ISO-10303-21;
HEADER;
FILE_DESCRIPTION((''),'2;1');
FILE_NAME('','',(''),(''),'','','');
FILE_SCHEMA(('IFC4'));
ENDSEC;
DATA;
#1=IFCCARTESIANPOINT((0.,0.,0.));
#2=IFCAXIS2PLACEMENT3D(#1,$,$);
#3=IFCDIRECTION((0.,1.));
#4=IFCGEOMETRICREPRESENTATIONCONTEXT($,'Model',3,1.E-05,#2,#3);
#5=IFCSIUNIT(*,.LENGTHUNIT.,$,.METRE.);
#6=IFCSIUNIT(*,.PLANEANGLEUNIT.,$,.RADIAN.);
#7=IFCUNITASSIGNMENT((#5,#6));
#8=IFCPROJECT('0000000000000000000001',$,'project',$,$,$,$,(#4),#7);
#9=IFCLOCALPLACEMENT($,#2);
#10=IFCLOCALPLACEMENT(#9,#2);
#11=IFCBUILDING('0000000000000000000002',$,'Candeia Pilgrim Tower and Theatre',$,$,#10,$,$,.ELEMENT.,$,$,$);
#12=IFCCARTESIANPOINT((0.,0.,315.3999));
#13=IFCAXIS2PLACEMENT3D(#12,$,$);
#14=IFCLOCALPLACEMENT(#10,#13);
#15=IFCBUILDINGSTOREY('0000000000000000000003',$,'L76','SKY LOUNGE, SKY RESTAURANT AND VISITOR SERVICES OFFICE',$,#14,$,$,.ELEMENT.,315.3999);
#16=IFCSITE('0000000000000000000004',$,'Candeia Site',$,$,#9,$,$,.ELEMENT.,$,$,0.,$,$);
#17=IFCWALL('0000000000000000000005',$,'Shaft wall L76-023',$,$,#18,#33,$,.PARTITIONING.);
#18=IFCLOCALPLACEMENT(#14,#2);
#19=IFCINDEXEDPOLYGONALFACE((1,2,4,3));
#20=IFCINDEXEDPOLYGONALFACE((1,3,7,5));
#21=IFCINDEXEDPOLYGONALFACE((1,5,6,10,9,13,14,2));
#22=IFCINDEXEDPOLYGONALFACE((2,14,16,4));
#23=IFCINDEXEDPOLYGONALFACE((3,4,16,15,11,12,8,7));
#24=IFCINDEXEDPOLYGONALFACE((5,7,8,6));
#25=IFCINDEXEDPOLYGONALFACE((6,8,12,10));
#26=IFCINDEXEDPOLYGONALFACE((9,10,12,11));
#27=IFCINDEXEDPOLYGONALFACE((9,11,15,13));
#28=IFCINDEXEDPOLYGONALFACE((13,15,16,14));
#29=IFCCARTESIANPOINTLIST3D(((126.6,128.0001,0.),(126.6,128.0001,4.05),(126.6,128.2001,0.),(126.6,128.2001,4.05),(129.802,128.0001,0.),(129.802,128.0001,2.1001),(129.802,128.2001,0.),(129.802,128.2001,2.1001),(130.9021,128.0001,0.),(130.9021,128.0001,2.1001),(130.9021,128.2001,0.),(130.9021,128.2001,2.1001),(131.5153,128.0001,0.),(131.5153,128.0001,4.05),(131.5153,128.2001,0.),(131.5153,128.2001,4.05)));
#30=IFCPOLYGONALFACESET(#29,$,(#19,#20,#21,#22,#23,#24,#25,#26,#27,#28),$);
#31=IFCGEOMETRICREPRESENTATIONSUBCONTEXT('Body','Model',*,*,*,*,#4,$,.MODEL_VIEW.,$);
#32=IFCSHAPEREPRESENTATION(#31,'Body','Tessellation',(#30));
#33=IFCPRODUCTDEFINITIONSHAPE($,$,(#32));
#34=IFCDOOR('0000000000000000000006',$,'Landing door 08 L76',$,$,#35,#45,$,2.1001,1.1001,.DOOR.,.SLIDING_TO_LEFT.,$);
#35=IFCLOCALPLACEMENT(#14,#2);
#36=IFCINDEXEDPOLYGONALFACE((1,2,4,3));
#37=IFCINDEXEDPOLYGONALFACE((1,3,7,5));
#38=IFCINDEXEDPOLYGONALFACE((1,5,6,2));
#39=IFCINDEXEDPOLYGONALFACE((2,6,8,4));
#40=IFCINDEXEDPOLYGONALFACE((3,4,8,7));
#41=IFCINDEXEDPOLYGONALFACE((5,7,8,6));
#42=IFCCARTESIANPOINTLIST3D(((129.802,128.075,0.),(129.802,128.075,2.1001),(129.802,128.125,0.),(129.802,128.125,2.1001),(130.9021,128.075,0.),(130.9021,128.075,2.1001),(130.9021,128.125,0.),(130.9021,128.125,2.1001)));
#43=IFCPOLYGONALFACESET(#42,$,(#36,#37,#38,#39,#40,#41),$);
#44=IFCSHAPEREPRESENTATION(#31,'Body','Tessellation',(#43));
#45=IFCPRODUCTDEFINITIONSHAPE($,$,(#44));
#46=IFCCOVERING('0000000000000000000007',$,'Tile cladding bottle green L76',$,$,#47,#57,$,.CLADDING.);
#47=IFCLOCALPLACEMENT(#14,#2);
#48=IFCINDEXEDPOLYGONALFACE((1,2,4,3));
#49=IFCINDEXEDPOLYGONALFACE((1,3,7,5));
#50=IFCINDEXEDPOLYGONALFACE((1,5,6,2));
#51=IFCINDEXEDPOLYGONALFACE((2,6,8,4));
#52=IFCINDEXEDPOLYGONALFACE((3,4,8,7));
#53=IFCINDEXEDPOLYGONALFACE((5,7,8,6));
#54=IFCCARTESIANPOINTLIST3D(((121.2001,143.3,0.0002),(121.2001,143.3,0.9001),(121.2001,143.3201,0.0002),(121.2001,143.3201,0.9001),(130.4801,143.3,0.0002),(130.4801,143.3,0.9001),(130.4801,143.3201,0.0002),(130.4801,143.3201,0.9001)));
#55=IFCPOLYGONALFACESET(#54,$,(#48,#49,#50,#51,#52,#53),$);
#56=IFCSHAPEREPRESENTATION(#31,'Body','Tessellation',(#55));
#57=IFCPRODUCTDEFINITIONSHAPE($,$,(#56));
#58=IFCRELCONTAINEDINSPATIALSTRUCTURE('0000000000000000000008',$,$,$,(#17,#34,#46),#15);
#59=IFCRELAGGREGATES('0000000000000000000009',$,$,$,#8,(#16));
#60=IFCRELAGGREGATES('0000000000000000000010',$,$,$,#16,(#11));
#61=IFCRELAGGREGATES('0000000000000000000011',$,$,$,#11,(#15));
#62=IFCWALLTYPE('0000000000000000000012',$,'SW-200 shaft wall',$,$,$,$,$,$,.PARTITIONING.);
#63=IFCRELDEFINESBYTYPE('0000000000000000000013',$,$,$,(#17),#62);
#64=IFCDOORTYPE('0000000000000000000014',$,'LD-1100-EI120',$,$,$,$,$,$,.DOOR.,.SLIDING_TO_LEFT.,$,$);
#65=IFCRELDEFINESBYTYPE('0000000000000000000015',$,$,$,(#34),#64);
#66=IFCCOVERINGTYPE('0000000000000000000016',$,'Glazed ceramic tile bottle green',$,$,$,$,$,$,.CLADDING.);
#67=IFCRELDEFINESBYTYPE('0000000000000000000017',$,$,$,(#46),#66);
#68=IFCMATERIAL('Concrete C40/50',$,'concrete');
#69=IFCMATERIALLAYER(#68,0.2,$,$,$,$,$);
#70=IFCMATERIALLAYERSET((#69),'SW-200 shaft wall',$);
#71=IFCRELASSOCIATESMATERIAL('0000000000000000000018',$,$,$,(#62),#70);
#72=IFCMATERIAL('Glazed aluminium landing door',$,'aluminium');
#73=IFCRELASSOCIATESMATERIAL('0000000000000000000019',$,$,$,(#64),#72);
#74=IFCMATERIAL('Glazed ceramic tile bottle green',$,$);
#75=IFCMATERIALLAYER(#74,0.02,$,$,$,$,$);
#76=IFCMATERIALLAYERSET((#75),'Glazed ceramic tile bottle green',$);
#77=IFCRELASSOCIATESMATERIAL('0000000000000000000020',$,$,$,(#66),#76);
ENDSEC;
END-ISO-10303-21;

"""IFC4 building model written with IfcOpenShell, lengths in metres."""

from ifc_helpers import new_model, si_unit, direction, frame, frame_2d, origin, origin_2d, place, context, subcontext, project, spatial, rectangle, extrude, material, layer, layer_set, type_object, element, fill, save


model = new_model("IFC4")

# Units and contexts
model_context = context("Model", 3, precision=1e-05, world=origin(), true_north=direction((0.0, 1.0)))
body_context = subcontext(model_context, "Body", "Model", "MODEL_VIEW")
ifc_project = project(units=[si_unit("LENGTHUNIT", "METRE"), si_unit("PLANEANGLEUNIT", "RADIAN")], contexts=[model_context])

# Site, building, storey
site_placement = place(None, origin())
site = spatial("IfcSite", under=ifc_project, at=site_placement, Name="Candeia Site", CompositionType="ELEMENT", RefElevation=0.0)
building_placement = place(site_placement, origin())
building = spatial("IfcBuilding", under=site, at=building_placement, Name="Candeia Pilgrim Tower and Theatre", CompositionType="ELEMENT")
storey_placement = place(building_placement, frame((0.0, 0.0, 315.3999)))
storey = spatial("IfcBuildingStorey", under=building, at=storey_placement, Name="L76", Description="SKY LOUNGE, SKY RESTAURANT AND VISITOR SERVICES OFFICE", CompositionType="ELEMENT", Elevation=315.3999)

# Shared definitions
ifc_material_1 = material(Name="Concrete C40/50", Category="concrete")

# Wall, opening, door
ifc_layer_1 = layer(ifc_material_1, 0.2)
ifc_layer_set_1 = layer_set([ifc_layer_1], Name="SW-200 shaft wall")
wall_type_1 = type_object("IfcWallType", Name="SW-200 shaft wall", PredefinedType="PARTITIONING", material=ifc_layer_set_1)
wall_1_placement = place(storey_placement, frame((126.6001, 128.1001, 0.0), z_axis=(0.0, 0.0, 1.0), x_axis=(1.0, 0.0, 0.0)))
wall_1 = element("IfcWall", 1, at=wall_1_placement, inside=storey, type_object=wall_type_1, Name="Shaft wall L76-023", PredefinedType="PARTITIONING", context=body_context, shape_type="SweptSolid", body=[
    extrude(rectangle(XDim=4.9153, YDim=0.2, at=frame_2d((2.4575, 0.0))), origin(), (0.0, 0.0, 1.0), 4.05),
])
opening_1_placement = place(wall_1_placement, frame((3.2019, 0.0, 0.0)))
opening_1 = element("IfcOpeningElement", 2, at=opening_1_placement, cuts=wall_1, PredefinedType="OPENING", context=body_context, shape_type="SweptSolid", body=[
    extrude(rectangle(XDim=1.1001, YDim=2.1001, at=frame_2d((0.55, 1.05))), frame((0.0, 0.1099, 0.0), z_axis=(0.0, -1.0, 0.0), x_axis=(1.0, 0.0, 0.0)), (0.0, 0.0, 1.0), 0.22),
])
ifc_material_2 = material(Name="Glazed aluminium landing door", Category="aluminium")
door_type_1 = type_object("IfcDoorType", Name="LD-1100-EI120", OperationType="SLIDING_TO_LEFT", PredefinedType="DOOR", material=ifc_material_2)
door_1_placement = place(opening_1_placement, origin())
door_1 = element("IfcDoor", 3, at=door_1_placement, inside=storey, type_object=door_type_1, Name="Landing door 08 L76", OperationType="SLIDING_TO_LEFT", OverallHeight=2.1001, OverallWidth=1.1001, PredefinedType="DOOR", context=body_context, shape_type="SweptSolid", body=[
    extrude(rectangle(XDim=1.1001, YDim=2.1001, at=frame_2d((0.55, 1.05))), frame((0.0, 0.0249, 0.0), z_axis=(0.0, -1.0, 0.0), x_axis=(1.0, 0.0, 0.0)), (0.0, 0.0, 1.0), 0.05),
])
fill(opening_1, door_1)

# Covering
ifc_material_3 = material(Name="Glazed ceramic tile bottle green")
ifc_layer_2 = layer(ifc_material_3, 0.02)
ifc_layer_set_2 = layer_set([ifc_layer_2], Name="Glazed ceramic tile bottle green")
covering_type = type_object("IfcCoveringType", Name="Glazed ceramic tile bottle green", PredefinedType="CLADDING", material=ifc_layer_set_2)
covering_placement = place(storey_placement, frame((125.8401, 143.3101, 0.0002), z_axis=(0.0, 0.0, 1.0), x_axis=(-1.0, 0.0, 0.0)))
element("IfcCovering", 4, at=covering_placement, inside=storey, type_object=covering_type, Name="Tile cladding bottle green L76", PredefinedType="CLADDING", context=body_context, shape_type="SweptSolid", body=[
    extrude(rectangle(XDim=9.28, YDim=0.02, at=origin_2d()), origin(), (0.0, 0.0, 1.0), 0.8999),
])

save(model, "model.ifc")
